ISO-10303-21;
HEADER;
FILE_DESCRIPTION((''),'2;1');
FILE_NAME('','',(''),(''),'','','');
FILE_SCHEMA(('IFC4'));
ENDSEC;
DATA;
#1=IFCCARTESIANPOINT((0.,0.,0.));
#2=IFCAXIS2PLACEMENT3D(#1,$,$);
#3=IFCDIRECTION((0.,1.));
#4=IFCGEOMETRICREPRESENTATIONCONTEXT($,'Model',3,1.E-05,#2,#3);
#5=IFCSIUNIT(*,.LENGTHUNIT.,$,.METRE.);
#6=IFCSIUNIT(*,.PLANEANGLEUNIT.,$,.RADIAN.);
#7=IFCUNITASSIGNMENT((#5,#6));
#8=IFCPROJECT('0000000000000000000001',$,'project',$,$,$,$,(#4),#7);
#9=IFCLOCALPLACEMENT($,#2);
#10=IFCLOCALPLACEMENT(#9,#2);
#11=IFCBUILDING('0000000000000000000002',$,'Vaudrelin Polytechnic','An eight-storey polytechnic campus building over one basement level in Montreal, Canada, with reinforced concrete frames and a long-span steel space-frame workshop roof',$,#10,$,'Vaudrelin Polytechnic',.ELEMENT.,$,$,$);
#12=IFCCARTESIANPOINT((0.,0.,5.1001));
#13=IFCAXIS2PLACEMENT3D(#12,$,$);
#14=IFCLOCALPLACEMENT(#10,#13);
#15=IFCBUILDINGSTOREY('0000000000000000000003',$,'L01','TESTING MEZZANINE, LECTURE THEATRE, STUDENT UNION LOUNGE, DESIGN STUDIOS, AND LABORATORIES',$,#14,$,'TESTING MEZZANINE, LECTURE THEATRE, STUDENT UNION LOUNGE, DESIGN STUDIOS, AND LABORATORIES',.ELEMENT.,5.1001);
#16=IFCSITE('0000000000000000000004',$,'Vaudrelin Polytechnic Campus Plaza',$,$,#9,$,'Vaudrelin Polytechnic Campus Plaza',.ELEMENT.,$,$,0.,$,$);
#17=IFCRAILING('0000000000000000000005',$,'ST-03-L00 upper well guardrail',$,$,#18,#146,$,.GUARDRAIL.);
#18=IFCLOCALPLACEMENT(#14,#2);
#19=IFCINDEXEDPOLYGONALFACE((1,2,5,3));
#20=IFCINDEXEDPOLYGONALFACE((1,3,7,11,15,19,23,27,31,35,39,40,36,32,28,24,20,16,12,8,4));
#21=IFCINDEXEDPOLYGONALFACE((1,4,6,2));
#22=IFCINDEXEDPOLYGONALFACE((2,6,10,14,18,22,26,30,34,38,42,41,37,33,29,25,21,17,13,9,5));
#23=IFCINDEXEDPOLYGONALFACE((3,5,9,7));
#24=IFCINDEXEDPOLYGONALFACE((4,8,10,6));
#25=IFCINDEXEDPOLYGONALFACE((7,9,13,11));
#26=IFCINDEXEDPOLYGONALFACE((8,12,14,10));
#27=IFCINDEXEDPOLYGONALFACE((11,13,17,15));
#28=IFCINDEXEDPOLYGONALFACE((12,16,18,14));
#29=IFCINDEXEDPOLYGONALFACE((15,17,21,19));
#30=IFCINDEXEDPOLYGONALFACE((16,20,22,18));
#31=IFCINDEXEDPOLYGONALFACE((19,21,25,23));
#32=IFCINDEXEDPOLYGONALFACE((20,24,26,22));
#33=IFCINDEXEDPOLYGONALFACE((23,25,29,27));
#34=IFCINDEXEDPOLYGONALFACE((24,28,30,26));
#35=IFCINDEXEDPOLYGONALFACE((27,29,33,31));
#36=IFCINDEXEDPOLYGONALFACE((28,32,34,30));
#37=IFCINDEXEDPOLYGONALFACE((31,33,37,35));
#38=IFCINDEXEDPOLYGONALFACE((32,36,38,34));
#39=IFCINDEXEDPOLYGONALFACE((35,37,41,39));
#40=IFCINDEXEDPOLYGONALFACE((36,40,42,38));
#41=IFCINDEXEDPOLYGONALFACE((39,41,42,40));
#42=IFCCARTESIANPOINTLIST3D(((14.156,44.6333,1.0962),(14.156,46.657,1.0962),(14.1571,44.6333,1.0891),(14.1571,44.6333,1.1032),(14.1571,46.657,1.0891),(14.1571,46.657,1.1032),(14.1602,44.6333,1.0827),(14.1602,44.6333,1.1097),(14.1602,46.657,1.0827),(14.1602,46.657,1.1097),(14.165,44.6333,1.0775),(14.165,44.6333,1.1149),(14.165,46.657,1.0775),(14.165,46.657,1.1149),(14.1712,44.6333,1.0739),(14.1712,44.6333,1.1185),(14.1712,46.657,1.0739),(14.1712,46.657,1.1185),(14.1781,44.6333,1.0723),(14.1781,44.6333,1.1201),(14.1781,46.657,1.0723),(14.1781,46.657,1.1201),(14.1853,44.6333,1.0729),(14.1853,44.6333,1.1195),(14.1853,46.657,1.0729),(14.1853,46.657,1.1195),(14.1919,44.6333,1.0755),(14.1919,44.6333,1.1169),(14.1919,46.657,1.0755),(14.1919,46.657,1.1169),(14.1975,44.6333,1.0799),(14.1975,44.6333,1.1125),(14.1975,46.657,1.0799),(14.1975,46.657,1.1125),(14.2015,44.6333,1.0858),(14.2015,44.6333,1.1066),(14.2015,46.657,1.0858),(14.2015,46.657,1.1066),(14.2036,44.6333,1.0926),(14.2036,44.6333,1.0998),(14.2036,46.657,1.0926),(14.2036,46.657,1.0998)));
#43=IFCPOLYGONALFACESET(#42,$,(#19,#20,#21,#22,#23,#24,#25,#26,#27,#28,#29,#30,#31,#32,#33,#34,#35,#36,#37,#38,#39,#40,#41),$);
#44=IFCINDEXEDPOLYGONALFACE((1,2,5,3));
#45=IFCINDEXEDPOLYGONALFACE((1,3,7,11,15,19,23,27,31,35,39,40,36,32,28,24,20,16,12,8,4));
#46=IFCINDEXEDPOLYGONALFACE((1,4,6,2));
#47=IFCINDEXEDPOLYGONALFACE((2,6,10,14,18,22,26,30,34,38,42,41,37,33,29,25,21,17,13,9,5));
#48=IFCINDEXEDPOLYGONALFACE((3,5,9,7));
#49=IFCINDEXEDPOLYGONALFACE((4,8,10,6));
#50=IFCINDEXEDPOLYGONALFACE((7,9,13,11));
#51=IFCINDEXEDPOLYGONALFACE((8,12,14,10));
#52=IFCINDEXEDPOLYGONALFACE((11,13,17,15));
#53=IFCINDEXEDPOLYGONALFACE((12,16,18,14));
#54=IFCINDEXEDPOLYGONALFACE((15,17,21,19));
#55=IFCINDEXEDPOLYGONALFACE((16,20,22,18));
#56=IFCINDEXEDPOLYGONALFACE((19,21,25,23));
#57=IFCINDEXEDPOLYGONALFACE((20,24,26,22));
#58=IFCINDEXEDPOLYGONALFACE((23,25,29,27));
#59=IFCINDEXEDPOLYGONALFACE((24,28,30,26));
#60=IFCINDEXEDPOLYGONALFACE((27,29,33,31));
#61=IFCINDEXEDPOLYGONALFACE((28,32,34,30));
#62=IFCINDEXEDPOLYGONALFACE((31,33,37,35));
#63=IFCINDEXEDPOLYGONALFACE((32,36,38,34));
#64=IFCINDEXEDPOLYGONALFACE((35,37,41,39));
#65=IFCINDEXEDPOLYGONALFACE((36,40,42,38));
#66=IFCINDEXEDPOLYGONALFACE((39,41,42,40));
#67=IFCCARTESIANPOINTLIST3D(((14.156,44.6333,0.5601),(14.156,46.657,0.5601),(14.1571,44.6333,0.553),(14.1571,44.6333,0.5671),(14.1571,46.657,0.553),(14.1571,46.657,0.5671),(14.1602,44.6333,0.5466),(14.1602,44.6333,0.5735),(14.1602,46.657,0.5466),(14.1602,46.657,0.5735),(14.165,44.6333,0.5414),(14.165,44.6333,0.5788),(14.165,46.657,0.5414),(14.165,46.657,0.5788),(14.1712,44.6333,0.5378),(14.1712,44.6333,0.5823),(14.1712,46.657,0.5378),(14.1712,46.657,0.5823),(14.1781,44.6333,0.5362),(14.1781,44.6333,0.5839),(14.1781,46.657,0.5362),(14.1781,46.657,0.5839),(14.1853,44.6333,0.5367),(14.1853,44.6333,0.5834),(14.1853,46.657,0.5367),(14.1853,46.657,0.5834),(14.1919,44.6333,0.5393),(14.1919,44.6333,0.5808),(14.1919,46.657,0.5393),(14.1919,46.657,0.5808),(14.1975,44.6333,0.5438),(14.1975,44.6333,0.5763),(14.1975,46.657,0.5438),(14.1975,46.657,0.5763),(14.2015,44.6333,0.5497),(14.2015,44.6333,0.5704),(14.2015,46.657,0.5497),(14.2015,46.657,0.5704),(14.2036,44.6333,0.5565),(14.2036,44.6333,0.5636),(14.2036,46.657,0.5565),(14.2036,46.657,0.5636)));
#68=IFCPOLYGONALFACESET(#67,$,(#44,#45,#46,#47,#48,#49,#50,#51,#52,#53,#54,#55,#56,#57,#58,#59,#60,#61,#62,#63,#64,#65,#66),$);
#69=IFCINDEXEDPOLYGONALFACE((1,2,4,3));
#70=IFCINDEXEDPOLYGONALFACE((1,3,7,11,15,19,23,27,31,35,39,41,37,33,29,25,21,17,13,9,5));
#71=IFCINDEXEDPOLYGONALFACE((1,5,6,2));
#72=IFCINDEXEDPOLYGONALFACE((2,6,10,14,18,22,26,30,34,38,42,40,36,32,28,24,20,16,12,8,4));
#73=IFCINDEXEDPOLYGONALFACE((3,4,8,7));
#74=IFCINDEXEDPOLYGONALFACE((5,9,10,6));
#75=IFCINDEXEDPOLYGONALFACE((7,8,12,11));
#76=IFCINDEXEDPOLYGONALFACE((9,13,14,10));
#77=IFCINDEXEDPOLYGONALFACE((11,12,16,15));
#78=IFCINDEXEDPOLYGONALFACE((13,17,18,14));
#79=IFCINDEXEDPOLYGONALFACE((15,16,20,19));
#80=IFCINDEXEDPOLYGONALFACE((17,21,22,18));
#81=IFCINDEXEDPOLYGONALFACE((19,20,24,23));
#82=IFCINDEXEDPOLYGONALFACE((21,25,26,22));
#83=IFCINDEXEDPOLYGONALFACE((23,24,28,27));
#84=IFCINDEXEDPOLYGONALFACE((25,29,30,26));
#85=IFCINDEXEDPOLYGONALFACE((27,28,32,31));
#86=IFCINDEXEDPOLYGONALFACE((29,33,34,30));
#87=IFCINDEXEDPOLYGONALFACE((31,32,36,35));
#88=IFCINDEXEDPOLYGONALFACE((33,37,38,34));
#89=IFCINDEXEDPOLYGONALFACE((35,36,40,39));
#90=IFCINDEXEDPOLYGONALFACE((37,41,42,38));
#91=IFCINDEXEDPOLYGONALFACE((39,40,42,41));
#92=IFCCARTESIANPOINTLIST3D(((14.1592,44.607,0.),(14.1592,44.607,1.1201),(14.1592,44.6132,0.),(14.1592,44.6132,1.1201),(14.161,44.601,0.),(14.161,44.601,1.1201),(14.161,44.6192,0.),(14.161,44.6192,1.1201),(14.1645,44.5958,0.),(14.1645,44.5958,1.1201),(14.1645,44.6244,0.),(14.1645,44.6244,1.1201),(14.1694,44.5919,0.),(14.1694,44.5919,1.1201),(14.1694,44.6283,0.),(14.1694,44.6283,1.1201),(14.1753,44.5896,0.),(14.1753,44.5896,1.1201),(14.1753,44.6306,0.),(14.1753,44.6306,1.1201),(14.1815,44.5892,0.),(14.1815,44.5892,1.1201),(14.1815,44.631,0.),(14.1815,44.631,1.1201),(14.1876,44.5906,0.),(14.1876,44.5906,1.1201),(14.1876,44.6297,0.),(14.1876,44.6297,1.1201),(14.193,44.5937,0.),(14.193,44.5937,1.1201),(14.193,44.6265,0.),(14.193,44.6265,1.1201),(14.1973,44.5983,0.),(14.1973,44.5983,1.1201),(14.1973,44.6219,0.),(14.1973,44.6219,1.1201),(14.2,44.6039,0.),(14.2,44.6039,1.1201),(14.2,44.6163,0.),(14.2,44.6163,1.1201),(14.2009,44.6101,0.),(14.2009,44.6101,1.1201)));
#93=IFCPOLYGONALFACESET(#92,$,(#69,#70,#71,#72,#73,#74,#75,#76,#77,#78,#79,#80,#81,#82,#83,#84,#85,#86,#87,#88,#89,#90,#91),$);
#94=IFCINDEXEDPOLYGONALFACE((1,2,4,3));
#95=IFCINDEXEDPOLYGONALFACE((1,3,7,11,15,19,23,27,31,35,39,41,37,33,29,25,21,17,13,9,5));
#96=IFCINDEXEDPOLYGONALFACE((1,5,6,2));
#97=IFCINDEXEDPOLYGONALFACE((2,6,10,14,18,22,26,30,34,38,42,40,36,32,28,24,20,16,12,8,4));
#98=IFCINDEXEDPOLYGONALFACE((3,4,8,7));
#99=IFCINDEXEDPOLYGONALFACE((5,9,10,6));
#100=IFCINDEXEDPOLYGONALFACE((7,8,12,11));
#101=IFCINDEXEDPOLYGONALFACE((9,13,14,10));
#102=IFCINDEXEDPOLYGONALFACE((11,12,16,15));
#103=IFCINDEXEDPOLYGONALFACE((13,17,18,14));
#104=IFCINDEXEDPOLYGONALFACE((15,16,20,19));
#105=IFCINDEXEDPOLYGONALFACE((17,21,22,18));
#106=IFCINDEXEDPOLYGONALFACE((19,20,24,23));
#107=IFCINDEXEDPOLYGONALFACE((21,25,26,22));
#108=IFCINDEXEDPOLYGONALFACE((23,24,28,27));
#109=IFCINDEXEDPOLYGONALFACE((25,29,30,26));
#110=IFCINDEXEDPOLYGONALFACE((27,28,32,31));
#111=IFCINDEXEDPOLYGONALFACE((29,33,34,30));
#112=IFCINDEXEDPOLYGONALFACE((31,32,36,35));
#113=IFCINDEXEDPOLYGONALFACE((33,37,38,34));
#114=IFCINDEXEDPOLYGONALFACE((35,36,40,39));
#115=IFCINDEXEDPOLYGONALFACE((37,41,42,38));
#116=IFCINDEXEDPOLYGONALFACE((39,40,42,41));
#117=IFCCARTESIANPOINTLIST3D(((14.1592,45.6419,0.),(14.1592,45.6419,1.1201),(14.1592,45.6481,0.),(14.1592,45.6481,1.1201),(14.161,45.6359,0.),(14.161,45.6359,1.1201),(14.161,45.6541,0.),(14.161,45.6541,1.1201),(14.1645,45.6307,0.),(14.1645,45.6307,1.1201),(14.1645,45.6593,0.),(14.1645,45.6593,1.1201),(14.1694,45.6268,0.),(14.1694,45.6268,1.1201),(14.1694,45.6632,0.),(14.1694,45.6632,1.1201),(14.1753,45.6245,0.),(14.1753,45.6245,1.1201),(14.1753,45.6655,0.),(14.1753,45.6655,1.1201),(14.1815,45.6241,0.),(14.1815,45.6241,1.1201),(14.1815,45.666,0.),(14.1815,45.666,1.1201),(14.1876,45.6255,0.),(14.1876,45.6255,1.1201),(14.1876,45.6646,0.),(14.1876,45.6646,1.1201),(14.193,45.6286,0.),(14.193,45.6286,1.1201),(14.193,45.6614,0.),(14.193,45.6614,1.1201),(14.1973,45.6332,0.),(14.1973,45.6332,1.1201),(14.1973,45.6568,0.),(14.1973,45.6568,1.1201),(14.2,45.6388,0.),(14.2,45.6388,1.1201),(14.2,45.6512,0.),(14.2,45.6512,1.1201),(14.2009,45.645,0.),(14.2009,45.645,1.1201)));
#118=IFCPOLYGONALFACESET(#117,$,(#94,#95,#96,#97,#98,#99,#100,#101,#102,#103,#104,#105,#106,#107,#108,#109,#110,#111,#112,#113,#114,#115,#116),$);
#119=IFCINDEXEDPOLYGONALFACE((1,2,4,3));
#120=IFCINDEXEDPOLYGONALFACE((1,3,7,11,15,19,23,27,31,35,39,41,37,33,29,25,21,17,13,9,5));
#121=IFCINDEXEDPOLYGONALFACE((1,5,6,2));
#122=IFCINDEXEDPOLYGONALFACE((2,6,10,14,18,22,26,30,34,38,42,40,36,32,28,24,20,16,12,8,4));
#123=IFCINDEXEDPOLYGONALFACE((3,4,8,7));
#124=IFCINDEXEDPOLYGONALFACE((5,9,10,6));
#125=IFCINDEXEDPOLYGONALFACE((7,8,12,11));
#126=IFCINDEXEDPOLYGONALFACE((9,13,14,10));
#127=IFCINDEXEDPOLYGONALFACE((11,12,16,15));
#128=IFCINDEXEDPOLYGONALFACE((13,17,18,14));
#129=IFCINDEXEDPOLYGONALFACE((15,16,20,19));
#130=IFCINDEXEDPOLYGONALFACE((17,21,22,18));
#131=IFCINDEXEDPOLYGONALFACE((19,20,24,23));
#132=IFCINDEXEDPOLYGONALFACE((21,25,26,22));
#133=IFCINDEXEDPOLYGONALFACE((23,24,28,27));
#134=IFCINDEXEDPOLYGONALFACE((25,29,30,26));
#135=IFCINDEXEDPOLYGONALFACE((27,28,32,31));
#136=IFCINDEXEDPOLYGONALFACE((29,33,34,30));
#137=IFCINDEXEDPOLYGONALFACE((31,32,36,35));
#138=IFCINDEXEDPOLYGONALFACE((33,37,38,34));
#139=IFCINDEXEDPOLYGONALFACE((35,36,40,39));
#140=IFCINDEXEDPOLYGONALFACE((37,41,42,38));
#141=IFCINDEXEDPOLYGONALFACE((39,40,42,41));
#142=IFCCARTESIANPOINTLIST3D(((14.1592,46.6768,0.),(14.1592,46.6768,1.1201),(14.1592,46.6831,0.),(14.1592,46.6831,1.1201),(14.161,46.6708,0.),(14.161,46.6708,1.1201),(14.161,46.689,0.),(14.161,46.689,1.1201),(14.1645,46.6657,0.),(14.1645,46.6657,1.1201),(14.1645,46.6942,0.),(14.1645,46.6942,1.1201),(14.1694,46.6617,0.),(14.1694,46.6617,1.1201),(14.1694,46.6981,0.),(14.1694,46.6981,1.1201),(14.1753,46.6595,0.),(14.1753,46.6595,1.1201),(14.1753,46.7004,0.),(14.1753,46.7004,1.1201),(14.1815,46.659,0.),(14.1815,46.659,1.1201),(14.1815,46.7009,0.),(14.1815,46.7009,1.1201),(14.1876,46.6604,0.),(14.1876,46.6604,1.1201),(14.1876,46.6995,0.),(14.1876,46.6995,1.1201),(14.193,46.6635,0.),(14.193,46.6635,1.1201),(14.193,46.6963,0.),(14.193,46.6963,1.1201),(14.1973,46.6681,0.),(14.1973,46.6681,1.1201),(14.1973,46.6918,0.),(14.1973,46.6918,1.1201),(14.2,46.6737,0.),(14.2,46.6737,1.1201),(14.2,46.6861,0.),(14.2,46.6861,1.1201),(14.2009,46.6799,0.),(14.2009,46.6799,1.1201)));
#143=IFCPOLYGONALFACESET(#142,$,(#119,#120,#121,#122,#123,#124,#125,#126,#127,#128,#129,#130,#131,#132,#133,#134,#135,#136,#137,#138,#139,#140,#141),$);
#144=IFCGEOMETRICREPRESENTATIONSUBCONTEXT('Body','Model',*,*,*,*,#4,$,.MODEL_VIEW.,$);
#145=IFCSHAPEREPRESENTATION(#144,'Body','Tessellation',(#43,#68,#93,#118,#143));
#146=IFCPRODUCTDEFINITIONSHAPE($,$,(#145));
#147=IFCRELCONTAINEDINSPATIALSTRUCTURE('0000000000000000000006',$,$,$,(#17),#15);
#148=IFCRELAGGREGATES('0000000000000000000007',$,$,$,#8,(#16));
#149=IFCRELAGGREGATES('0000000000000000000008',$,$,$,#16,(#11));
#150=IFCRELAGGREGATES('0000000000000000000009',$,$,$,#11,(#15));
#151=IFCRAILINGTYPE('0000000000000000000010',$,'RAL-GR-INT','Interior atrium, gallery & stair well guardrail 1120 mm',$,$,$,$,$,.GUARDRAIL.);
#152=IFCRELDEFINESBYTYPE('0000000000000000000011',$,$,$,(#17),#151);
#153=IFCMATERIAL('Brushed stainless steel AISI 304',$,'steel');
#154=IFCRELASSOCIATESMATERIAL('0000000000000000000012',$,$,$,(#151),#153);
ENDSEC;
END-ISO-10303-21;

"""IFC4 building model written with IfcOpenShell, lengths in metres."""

from ifc_helpers import new_model, si_unit, direction, frame, origin, origin_2d, place, context, subcontext, project, spatial, circle, extrude, material, type_object, element, save


model = new_model("IFC4")

# Units and contexts
model_context = context("Model", 3, precision=1e-05, world=origin(), true_north=direction((0.0, 1.0)))
body_context = subcontext(model_context, "Body", "Model", "MODEL_VIEW")
ifc_project = project(units=[si_unit("LENGTHUNIT", "METRE"), si_unit("PLANEANGLEUNIT", "RADIAN")], contexts=[model_context])

# Site, building, storey
site_placement = place(None, origin())
site = spatial("IfcSite", under=ifc_project, at=site_placement, Name="Vaudrelin Polytechnic Campus Plaza", LongName="Vaudrelin Polytechnic Campus Plaza", CompositionType="ELEMENT", RefElevation=0.0)
building_placement = place(site_placement, origin())
building = spatial("IfcBuilding", under=site, at=building_placement, Name="Vaudrelin Polytechnic", Description="An eight-storey polytechnic campus building over one basement level in Montreal, Canada, with reinforced concrete frames and a long-span steel space-frame workshop roof", LongName="Vaudrelin Polytechnic", CompositionType="ELEMENT")
storey_placement = place(building_placement, frame((0.0, 0.0, 5.1001)))
storey = spatial("IfcBuildingStorey", under=building, at=storey_placement, Name="L01", Description="TESTING MEZZANINE, LECTURE THEATRE, STUDENT UNION LOUNGE, DESIGN STUDIOS, AND LABORATORIES", LongName="TESTING MEZZANINE, LECTURE THEATRE, STUDENT UNION LOUNGE, DESIGN STUDIOS, AND LABORATORIES", CompositionType="ELEMENT", Elevation=5.1001)

# Shared definitions
ifc_material_1 = material(Name="Brushed stainless steel AISI 304", Category="steel")

# Railing
railing_type_1 = type_object("IfcRailingType", Name="RAL-GR-INT", Description="Interior atrium, gallery & stair well guardrail 1120 mm", PredefinedType="GUARDRAIL", material=ifc_material_1)
railing_1_placement = place(storey_placement, frame((14.1799, 44.6101, 0.0)))
element("IfcRailing", 1, at=railing_1_placement, inside=storey, type_object=railing_type_1, Name="ST-03-L00 upper well guardrail", PredefinedType="GUARDRAIL", context=body_context, shape_type="SweptSolid", body=[
    extrude(circle(Radius=0.0239, at=origin_2d()), frame((0.0, 0.0232, 1.0962), z_axis=(0.0, 1.0, 0.0), x_axis=(-1.0, 0.0, 0.0)), (0.0, 0.0, 1.0), 2.0237),
    extrude(circle(Radius=0.0239, at=origin_2d()), frame((0.0, 0.0232, 0.5601), z_axis=(0.0, 1.0, 0.0), x_axis=(-1.0, 0.0, 0.0)), (0.0, 0.0, 1.0), 2.0237),
    extrude(circle(Radius=0.021, at=origin_2d()), origin(), (0.0, 0.0, 1.0), 1.1201),
    extrude(circle(Radius=0.021, at=origin_2d()), frame((0.0, 1.0349, 0.0)), (0.0, 0.0, 1.0), 1.1201),
    extrude(circle(Radius=0.021, at=origin_2d()), frame((0.0, 2.0698, 0.0)), (0.0, 0.0, 1.0), 1.1201),
])

save(model, "model.ifc")
